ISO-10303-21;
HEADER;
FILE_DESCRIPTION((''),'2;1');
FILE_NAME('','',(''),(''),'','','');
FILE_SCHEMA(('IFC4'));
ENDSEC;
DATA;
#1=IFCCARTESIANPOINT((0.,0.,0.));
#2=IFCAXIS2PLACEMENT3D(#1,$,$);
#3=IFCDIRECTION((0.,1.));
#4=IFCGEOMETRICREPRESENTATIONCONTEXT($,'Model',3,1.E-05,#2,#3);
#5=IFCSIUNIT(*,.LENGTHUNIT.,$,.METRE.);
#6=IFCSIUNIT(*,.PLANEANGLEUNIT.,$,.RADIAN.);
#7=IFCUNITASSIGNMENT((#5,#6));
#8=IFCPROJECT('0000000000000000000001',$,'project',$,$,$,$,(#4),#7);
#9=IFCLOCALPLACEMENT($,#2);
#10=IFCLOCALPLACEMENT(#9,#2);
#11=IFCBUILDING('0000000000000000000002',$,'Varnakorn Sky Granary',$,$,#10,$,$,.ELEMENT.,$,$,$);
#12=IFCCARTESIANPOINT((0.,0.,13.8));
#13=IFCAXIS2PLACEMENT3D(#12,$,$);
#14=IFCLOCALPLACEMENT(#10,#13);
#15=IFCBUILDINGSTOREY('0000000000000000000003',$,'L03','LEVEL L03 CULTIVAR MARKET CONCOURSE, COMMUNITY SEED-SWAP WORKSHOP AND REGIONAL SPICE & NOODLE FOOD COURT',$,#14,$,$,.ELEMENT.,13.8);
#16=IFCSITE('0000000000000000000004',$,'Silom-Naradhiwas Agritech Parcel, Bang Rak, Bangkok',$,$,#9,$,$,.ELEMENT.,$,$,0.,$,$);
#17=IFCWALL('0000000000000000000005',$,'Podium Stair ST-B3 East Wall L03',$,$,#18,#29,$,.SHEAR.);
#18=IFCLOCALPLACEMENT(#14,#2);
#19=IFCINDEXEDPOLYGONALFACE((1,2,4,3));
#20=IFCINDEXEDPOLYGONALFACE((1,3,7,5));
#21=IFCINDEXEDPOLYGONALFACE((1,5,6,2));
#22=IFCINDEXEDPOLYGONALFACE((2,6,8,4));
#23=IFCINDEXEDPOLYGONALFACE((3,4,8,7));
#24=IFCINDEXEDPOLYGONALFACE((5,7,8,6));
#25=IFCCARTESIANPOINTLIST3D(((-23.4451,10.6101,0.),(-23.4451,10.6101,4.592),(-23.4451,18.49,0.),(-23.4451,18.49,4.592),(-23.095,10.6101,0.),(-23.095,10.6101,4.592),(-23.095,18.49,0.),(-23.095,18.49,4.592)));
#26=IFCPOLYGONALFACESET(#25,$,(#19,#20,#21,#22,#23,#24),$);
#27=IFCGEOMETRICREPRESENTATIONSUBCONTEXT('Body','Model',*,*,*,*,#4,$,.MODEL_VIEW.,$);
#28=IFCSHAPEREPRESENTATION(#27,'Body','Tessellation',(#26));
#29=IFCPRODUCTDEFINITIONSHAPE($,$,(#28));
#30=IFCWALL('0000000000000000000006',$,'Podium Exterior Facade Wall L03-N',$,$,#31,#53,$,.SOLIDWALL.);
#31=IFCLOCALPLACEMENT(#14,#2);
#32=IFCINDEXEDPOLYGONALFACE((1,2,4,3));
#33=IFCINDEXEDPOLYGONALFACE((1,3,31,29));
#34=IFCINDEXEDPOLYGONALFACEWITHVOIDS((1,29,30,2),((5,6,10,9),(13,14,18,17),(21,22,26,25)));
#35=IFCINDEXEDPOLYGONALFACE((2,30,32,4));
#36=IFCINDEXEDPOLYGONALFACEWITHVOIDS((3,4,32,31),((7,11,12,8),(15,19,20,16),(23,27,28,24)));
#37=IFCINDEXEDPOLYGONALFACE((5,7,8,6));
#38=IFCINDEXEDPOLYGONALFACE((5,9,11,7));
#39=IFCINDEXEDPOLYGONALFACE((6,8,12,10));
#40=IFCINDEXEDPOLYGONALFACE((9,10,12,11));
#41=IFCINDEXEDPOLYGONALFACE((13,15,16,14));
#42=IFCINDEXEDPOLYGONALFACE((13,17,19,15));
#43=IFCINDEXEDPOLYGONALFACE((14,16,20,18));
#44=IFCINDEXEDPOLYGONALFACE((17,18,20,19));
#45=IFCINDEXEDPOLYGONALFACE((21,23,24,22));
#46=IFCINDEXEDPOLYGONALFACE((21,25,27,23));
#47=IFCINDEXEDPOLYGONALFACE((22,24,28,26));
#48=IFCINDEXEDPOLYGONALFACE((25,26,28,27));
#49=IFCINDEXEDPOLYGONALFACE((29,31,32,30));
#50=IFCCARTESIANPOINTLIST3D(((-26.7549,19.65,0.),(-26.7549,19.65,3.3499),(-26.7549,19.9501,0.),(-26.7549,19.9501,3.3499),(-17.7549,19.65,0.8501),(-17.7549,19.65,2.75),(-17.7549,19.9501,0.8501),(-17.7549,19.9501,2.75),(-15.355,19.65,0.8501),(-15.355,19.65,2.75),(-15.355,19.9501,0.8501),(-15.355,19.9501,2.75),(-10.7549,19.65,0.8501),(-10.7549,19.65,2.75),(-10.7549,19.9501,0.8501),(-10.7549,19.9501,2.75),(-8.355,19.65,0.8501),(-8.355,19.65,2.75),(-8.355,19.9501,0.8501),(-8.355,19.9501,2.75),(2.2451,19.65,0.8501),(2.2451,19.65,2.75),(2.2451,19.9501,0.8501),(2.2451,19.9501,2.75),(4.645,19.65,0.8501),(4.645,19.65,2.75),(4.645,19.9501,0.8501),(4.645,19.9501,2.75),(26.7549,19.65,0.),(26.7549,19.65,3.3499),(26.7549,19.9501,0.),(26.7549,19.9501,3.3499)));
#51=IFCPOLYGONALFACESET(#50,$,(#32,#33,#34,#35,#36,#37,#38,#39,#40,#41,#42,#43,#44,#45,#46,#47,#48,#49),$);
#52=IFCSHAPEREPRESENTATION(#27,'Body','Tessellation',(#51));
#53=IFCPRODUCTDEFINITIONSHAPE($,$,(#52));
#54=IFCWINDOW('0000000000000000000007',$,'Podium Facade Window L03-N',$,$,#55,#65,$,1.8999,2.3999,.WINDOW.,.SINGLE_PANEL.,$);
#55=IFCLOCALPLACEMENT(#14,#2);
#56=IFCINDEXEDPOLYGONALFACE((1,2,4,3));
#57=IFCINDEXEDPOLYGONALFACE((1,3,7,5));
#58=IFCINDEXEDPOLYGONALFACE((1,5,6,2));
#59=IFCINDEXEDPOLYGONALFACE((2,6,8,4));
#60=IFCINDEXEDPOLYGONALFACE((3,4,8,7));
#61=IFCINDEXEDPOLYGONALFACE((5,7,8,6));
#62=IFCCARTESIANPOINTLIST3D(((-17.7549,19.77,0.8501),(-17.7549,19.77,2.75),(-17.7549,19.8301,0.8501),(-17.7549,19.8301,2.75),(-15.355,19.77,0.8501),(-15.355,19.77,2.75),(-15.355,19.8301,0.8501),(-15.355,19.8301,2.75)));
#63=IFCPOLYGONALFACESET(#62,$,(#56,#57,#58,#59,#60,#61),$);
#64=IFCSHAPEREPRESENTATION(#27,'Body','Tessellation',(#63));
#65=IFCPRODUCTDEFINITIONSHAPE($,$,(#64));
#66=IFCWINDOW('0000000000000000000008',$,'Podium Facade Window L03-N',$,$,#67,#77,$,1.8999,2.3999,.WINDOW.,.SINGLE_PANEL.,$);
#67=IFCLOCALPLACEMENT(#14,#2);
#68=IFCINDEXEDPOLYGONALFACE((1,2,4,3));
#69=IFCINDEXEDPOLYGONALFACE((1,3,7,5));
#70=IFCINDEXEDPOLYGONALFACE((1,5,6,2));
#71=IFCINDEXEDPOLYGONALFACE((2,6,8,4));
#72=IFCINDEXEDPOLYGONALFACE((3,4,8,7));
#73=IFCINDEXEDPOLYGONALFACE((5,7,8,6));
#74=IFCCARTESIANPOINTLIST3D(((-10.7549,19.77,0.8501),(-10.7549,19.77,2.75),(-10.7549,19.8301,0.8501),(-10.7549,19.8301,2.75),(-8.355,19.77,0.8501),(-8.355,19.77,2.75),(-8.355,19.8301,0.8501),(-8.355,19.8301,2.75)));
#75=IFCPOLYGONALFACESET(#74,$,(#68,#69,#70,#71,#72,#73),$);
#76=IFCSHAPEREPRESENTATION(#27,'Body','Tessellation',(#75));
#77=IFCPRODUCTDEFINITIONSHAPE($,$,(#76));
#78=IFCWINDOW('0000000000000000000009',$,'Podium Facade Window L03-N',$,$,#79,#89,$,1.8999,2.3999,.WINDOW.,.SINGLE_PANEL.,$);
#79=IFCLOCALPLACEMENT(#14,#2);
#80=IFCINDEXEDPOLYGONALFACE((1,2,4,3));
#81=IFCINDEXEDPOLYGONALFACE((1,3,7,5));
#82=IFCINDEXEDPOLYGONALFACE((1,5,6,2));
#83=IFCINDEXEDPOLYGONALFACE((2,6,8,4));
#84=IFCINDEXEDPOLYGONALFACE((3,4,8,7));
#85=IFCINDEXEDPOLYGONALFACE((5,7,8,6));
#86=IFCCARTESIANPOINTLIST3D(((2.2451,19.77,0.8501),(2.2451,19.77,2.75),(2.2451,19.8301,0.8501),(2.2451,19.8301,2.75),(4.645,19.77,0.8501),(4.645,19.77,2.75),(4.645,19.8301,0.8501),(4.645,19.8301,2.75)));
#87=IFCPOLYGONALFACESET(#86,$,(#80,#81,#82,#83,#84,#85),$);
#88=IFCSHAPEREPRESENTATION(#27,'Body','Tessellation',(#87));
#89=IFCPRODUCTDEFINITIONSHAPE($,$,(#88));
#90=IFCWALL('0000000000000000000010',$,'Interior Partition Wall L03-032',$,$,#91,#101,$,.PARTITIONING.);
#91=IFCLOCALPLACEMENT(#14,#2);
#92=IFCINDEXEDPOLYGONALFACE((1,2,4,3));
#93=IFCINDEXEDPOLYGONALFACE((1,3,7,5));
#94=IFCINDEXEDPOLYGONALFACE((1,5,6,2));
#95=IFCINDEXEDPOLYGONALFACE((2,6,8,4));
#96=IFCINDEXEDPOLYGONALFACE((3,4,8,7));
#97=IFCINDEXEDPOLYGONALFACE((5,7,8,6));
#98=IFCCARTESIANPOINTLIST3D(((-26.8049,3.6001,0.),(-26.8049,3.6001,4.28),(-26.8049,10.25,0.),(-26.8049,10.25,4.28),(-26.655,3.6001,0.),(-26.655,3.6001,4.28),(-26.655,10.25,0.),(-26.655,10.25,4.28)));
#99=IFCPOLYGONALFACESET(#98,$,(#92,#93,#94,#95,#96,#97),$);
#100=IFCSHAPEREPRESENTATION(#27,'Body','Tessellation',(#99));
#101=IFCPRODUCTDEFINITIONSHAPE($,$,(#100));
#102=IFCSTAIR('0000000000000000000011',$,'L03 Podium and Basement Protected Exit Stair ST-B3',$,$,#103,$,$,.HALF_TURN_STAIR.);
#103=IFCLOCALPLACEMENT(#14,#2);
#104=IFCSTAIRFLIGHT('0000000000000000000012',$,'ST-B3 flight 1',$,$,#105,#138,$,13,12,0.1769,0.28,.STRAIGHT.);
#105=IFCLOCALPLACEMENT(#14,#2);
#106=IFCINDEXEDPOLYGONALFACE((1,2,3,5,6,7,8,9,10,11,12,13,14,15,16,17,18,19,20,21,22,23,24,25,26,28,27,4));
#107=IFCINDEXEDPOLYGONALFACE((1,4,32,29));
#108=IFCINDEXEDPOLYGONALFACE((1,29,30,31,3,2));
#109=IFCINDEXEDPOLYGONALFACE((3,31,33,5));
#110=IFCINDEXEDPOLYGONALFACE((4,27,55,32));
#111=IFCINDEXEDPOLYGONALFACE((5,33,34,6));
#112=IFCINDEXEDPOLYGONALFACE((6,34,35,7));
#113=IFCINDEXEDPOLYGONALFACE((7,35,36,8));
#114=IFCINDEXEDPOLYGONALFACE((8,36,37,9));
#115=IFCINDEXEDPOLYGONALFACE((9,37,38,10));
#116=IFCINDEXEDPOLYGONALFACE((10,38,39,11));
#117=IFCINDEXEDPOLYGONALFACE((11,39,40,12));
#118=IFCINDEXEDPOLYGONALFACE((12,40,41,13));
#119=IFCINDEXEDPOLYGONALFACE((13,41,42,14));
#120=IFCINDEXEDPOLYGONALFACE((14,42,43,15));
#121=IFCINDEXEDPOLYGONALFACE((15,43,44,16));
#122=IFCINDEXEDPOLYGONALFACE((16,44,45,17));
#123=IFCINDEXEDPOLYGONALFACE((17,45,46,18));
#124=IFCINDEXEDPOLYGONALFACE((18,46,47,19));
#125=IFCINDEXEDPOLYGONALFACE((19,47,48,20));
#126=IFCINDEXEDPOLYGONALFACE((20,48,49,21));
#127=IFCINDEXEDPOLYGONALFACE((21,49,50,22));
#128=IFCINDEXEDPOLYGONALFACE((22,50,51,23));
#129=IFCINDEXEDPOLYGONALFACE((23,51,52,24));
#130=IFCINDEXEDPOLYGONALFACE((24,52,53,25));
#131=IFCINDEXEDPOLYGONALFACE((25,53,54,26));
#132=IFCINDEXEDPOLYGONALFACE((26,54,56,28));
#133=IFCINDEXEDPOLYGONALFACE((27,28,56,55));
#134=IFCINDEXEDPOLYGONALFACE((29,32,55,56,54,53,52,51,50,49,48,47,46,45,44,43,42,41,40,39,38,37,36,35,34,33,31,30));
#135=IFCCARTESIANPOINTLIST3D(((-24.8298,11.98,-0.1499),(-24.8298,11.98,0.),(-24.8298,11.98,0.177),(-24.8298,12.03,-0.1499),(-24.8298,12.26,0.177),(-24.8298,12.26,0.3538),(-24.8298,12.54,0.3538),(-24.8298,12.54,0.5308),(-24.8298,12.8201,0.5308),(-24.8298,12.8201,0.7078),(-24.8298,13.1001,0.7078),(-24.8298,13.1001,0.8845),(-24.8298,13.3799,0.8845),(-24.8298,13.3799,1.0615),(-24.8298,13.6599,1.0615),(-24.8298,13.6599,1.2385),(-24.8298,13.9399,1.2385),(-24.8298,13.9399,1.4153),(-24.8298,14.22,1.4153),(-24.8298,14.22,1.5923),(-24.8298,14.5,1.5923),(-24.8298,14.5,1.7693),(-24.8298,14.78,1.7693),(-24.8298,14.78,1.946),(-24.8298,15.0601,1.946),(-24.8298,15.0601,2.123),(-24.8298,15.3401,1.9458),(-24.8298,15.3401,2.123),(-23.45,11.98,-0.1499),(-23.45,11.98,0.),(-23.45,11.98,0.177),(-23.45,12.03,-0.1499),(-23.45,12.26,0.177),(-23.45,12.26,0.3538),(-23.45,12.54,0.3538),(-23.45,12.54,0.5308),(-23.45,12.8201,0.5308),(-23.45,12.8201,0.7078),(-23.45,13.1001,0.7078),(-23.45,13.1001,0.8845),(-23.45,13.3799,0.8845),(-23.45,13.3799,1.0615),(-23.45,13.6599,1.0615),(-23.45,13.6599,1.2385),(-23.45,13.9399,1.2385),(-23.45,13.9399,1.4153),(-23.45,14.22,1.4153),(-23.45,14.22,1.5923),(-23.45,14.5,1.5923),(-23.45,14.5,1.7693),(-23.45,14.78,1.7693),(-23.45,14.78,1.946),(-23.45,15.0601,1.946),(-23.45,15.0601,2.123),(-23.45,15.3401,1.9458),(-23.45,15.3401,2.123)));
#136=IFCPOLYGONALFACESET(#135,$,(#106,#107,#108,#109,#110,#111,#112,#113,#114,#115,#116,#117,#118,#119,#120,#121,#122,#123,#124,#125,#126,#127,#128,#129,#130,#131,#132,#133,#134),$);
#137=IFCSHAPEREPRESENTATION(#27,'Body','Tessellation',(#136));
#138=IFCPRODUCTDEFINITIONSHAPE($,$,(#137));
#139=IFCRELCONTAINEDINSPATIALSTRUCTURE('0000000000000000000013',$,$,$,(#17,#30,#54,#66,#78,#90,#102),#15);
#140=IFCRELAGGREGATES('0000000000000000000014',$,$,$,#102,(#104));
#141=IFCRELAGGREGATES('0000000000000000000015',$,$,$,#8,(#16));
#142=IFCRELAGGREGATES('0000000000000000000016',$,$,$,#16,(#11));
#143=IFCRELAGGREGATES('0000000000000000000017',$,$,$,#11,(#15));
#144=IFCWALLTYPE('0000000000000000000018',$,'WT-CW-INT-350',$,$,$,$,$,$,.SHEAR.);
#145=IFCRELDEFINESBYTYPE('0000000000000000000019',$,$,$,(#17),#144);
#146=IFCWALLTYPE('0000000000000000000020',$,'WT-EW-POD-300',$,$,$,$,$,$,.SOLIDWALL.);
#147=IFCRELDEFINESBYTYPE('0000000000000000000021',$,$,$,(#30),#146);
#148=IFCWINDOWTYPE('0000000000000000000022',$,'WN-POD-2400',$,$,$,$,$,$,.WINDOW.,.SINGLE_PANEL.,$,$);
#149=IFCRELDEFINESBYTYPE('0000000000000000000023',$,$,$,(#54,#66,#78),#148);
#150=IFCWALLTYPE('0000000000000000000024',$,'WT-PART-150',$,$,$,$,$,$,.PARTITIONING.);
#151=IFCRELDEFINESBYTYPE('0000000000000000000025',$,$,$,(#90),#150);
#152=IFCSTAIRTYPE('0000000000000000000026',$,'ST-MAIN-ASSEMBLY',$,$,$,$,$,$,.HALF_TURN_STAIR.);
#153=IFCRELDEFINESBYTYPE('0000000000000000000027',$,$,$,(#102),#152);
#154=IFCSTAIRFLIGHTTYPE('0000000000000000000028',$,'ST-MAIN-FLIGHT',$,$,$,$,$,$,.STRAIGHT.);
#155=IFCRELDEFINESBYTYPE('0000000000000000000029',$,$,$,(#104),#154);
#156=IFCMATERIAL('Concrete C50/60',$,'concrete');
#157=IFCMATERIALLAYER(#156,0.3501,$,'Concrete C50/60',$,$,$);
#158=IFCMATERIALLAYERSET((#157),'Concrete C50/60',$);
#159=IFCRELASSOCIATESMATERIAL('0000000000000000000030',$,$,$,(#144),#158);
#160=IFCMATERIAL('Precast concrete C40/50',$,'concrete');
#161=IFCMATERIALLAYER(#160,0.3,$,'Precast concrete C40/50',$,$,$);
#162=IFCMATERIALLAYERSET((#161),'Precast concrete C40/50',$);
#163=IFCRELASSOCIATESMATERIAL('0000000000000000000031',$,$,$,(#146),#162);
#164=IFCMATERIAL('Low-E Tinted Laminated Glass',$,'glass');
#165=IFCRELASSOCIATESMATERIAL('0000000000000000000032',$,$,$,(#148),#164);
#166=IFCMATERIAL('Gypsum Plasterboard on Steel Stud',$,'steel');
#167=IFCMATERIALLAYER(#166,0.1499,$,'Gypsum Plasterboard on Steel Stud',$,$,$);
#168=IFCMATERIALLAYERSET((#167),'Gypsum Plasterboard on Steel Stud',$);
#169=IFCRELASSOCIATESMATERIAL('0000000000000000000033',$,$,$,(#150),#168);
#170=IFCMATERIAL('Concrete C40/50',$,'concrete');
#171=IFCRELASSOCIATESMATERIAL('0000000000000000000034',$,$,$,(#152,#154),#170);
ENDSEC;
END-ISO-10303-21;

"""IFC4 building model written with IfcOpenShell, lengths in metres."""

from ifc_helpers import new_model, si_unit, direction, frame, frame_2d, origin, place, context, subcontext, project, spatial, polyline, rectangle, outline, extrude, material, layer, layer_set, type_object, element, fill, aggregate, save


model = new_model("IFC4")

# Units and contexts
model_context = context("Model", 3, precision=1e-05, world=origin(), true_north=direction((0.0, 1.0)))
body_context = subcontext(model_context, "Body", "Model", "MODEL_VIEW")
ifc_project = project(units=[si_unit("LENGTHUNIT", "METRE"), si_unit("PLANEANGLEUNIT", "RADIAN")], contexts=[model_context])

# Site, building, storey
site_placement = place(None, origin())
site = spatial("IfcSite", under=ifc_project, at=site_placement, Name="Silom-Naradhiwas Agritech Parcel, Bang Rak, Bangkok", CompositionType="ELEMENT", RefElevation=0.0)
building_placement = place(site_placement, origin())
building = spatial("IfcBuilding", under=site, at=building_placement, Name="Varnakorn Sky Granary", CompositionType="ELEMENT")
storey_placement = place(building_placement, frame((0.0, 0.0, 13.8)))
storey = spatial("IfcBuildingStorey", under=building, at=storey_placement, Name="L03", Description="LEVEL L03 CULTIVAR MARKET CONCOURSE, COMMUNITY SEED-SWAP WORKSHOP AND REGIONAL SPICE & NOODLE FOOD COURT", CompositionType="ELEMENT", Elevation=13.8)

# Shared definitions
ifc_material_1 = material(Name="Concrete C50/60", Category="concrete")
ifc_layer_1 = layer(ifc_material_1, 0.3501, Name="Concrete C50/60")
ifc_layer_set_1 = layer_set([ifc_layer_1], Name="Concrete C50/60")
wall_type_1 = type_object("IfcWallType", Name="WT-CW-INT-350", PredefinedType="SHEAR", material=ifc_layer_set_1)

# Wall
for number, where, z_axis, x_axis, name in (
    (1, (-23.27, 10.6101, 0.0), (0.0, 0.0, 1.0), (0.0, 1.0, 0.0), "Podium Stair ST-B3 East Wall L03"),
):
    element("IfcWall", number, at=place(storey_placement, frame(where, z_axis=z_axis, x_axis=x_axis)), inside=storey, type_object=wall_type_1, Name=name, PredefinedType="SHEAR", context=body_context, shape_type="SweptSolid", body=[
        extrude(rectangle(XDim=7.8799, YDim=0.3501, at=frame_2d((3.9399, 0.0))), origin(), (0.0, 0.0, 1.0), 4.592),
    ])

# Wall, openings, windows
ifc_material_2 = material(Name="Precast concrete C40/50", Category="concrete")
ifc_layer_2 = layer(ifc_material_2, 0.3, Name="Precast concrete C40/50")
ifc_layer_set_2 = layer_set([ifc_layer_2], Name="Precast concrete C40/50")
wall_type_2 = type_object("IfcWallType", Name="WT-EW-POD-300", PredefinedType="SOLIDWALL", material=ifc_layer_set_2)
wall_1_placement = place(storey_placement, frame((-26.7549, 19.8, 0.0), z_axis=(0.0, 0.0, 1.0), x_axis=(1.0, 0.0, 0.0)))
wall_1 = element("IfcWall", 2, at=wall_1_placement, inside=storey, type_object=wall_type_2, Name="Podium Exterior Facade Wall L03-N", PredefinedType="SOLIDWALL", context=body_context, shape_type="SweptSolid", body=[
    extrude(rectangle(XDim=53.5098, YDim=0.3, at=frame_2d((26.7549, 0.0))), origin(), (0.0, 0.0, 1.0), 3.3499),
])
opening_1_placement = place(wall_1_placement, frame((9.0, 0.0, 0.8501)))
opening_1 = element("IfcOpeningElement", 3, at=opening_1_placement, cuts=wall_1, PredefinedType="OPENING", context=body_context, shape_type="SweptSolid", body=[
    extrude(rectangle(XDim=2.3999, YDim=1.8999, at=frame_2d((1.2, 0.95))), frame((0.0, 0.1602, 0.0), z_axis=(0.0, -1.0, 0.0), x_axis=(1.0, 0.0, 0.0)), (0.0, 0.0, 1.0), 0.3201),
])
opening_2_placement = place(wall_1_placement, frame((16.0, 0.0, 0.8501)))
opening_2 = element("IfcOpeningElement", 4, at=opening_2_placement, cuts=wall_1, PredefinedType="OPENING", context=body_context, shape_type="SweptSolid", body=[
    extrude(rectangle(XDim=2.3999, YDim=1.8999, at=frame_2d((1.2, 0.95))), frame((0.0, 0.1602, 0.0), z_axis=(0.0, -1.0, 0.0), x_axis=(1.0, 0.0, 0.0)), (0.0, 0.0, 1.0), 0.3201),
])
opening_3_placement = place(wall_1_placement, frame((29.0, 0.0, 0.8501)))
opening_3 = element("IfcOpeningElement", 5, at=opening_3_placement, cuts=wall_1, PredefinedType="OPENING", context=body_context, shape_type="SweptSolid", body=[
    extrude(rectangle(XDim=2.3999, YDim=1.8999, at=frame_2d((1.2, 0.95))), frame((0.0, 0.1602, 0.0), z_axis=(0.0, -1.0, 0.0), x_axis=(1.0, 0.0, 0.0)), (0.0, 0.0, 1.0), 0.3201),
])
ifc_material_3 = material(Name="Low-E Tinted Laminated Glass", Category="glass")
window_type = type_object("IfcWindowType", Name="WN-POD-2400", PartitioningType="SINGLE_PANEL", PredefinedType="WINDOW", material=ifc_material_3)
window_1_placement = place(opening_1_placement, origin())
window_1 = element("IfcWindow", 6, at=window_1_placement, inside=storey, type_object=window_type, Name="Podium Facade Window L03-N", OverallHeight=1.8999, OverallWidth=2.3999, PartitioningType="SINGLE_PANEL", PredefinedType="WINDOW", context=body_context, shape_type="SweptSolid", body=[
    extrude(rectangle(XDim=2.3999, YDim=1.8999, at=frame_2d((1.2, 0.95))), frame((0.0, 0.03, 0.0), z_axis=(0.0, -1.0, 0.0), x_axis=(1.0, 0.0, 0.0)), (0.0, 0.0, 1.0), 0.0601),
])
fill(opening_1, window_1)
window_2_placement = place(opening_2_placement, origin())
window_2 = element("IfcWindow", 7, at=window_2_placement, inside=storey, type_object=window_type, Name="Podium Facade Window L03-N", OverallHeight=1.8999, OverallWidth=2.3999, PartitioningType="SINGLE_PANEL", PredefinedType="WINDOW", context=body_context, shape_type="SweptSolid", body=[
    extrude(rectangle(XDim=2.3999, YDim=1.8999, at=frame_2d((1.2, 0.95))), frame((0.0, 0.03, 0.0), z_axis=(0.0, -1.0, 0.0), x_axis=(1.0, 0.0, 0.0)), (0.0, 0.0, 1.0), 0.0601),
])
fill(opening_2, window_2)
window_3_placement = place(opening_3_placement, origin())
window_3 = element("IfcWindow", 8, at=window_3_placement, inside=storey, type_object=window_type, Name="Podium Facade Window L03-N", OverallHeight=1.8999, OverallWidth=2.3999, PartitioningType="SINGLE_PANEL", PredefinedType="WINDOW", context=body_context, shape_type="SweptSolid", body=[
    extrude(rectangle(XDim=2.3999, YDim=1.8999, at=frame_2d((1.2, 0.95))), frame((0.0, 0.03, 0.0), z_axis=(0.0, -1.0, 0.0), x_axis=(1.0, 0.0, 0.0)), (0.0, 0.0, 1.0), 0.0601),
])
fill(opening_3, window_3)

# Wall
ifc_material_4 = material(Name="Gypsum Plasterboard on Steel Stud", Category="steel")
ifc_layer_3 = layer(ifc_material_4, 0.1499, Name="Gypsum Plasterboard on Steel Stud")
ifc_layer_set_3 = layer_set([ifc_layer_3], Name="Gypsum Plasterboard on Steel Stud")
wall_type_3 = type_object("IfcWallType", Name="WT-PART-150", PredefinedType="PARTITIONING", material=ifc_layer_set_3)
wall_2_placement = place(storey_placement, frame((-26.73, 10.25, 0.0), z_axis=(0.0, 0.0, 1.0), x_axis=(0.0, -1.0, 0.0)))
element("IfcWall", 9, at=wall_2_placement, inside=storey, type_object=wall_type_3, Name="Interior Partition Wall L03-032", PredefinedType="PARTITIONING", context=body_context, shape_type="SweptSolid", body=[
    extrude(rectangle(XDim=6.6499, YDim=0.1499, at=frame_2d((3.325, 0.0))), origin(), (0.0, 0.0, 1.0), 4.28),
])

# Stair, stair flight
ifc_material_5 = material(Name="Concrete C40/50", Category="concrete")
stair_type = type_object("IfcStairType", Name="ST-MAIN-ASSEMBLY", PredefinedType="HALF_TURN_STAIR", material=ifc_material_5)
stair_placement = place(storey_placement, origin())
stair = element("IfcStair", 10, at=stair_placement, inside=storey, type_object=stair_type, Name="L03 Podium and Basement Protected Exit Stair ST-B3", PredefinedType="HALF_TURN_STAIR")
stair_flight_type = type_object("IfcStairFlightType", Name="ST-MAIN-FLIGHT", PredefinedType="STRAIGHT", material=ifc_material_5)
stair_flight_1_placement = place(storey_placement, frame((-24.1399, 11.98, 0.0), z_axis=(0.0, 0.0, 1.0), x_axis=(0.0, 1.0, 0.0)))
stair_flight_1 = element("IfcStairFlight", 11, at=stair_flight_1_placement, type_object=stair_flight_type, Name="ST-B3 flight 1", NumberOfRisers=13, NumberOfTreads=12, PredefinedType="STRAIGHT", RiserHeight=0.1769, TreadLength=0.28, context=body_context, shape_type="SweptSolid", body=[
    extrude(outline(polyline([(0.0, -0.1499), (0.0, 0.0), (0.0, 0.177), (0.28, 0.177), (0.28, 0.3538), (0.5601, 0.3538), (0.5601, 0.5308), (0.8401, 0.5308), (0.8401, 0.7078), (1.1201, 0.7078), (1.1201, 0.8845), (1.3999, 0.8845), (1.3999, 1.0615), (1.6799, 1.0615), (1.6799, 1.2385), (1.96, 1.2385), (1.96, 1.4153), (2.24, 1.4153), (2.24, 1.5923), (2.52, 1.5923), (2.52, 1.7693), (2.8, 1.7693), (2.8, 1.946), (3.0801, 1.946), (3.0801, 2.123), (3.3601, 2.123), (3.3601, 2.3), (3.3601, 1.9458), (0.05, -0.1499), (0.0, -0.1499)])), frame((0.0, 0.6899, 0.0), z_axis=(0.0, -1.0, 0.0), x_axis=(1.0, 0.0, 0.0)), (0.0, 0.0, 1.0), 1.3799),
])
aggregate(stair, [stair_flight_1])

save(model, "model.ifc")
